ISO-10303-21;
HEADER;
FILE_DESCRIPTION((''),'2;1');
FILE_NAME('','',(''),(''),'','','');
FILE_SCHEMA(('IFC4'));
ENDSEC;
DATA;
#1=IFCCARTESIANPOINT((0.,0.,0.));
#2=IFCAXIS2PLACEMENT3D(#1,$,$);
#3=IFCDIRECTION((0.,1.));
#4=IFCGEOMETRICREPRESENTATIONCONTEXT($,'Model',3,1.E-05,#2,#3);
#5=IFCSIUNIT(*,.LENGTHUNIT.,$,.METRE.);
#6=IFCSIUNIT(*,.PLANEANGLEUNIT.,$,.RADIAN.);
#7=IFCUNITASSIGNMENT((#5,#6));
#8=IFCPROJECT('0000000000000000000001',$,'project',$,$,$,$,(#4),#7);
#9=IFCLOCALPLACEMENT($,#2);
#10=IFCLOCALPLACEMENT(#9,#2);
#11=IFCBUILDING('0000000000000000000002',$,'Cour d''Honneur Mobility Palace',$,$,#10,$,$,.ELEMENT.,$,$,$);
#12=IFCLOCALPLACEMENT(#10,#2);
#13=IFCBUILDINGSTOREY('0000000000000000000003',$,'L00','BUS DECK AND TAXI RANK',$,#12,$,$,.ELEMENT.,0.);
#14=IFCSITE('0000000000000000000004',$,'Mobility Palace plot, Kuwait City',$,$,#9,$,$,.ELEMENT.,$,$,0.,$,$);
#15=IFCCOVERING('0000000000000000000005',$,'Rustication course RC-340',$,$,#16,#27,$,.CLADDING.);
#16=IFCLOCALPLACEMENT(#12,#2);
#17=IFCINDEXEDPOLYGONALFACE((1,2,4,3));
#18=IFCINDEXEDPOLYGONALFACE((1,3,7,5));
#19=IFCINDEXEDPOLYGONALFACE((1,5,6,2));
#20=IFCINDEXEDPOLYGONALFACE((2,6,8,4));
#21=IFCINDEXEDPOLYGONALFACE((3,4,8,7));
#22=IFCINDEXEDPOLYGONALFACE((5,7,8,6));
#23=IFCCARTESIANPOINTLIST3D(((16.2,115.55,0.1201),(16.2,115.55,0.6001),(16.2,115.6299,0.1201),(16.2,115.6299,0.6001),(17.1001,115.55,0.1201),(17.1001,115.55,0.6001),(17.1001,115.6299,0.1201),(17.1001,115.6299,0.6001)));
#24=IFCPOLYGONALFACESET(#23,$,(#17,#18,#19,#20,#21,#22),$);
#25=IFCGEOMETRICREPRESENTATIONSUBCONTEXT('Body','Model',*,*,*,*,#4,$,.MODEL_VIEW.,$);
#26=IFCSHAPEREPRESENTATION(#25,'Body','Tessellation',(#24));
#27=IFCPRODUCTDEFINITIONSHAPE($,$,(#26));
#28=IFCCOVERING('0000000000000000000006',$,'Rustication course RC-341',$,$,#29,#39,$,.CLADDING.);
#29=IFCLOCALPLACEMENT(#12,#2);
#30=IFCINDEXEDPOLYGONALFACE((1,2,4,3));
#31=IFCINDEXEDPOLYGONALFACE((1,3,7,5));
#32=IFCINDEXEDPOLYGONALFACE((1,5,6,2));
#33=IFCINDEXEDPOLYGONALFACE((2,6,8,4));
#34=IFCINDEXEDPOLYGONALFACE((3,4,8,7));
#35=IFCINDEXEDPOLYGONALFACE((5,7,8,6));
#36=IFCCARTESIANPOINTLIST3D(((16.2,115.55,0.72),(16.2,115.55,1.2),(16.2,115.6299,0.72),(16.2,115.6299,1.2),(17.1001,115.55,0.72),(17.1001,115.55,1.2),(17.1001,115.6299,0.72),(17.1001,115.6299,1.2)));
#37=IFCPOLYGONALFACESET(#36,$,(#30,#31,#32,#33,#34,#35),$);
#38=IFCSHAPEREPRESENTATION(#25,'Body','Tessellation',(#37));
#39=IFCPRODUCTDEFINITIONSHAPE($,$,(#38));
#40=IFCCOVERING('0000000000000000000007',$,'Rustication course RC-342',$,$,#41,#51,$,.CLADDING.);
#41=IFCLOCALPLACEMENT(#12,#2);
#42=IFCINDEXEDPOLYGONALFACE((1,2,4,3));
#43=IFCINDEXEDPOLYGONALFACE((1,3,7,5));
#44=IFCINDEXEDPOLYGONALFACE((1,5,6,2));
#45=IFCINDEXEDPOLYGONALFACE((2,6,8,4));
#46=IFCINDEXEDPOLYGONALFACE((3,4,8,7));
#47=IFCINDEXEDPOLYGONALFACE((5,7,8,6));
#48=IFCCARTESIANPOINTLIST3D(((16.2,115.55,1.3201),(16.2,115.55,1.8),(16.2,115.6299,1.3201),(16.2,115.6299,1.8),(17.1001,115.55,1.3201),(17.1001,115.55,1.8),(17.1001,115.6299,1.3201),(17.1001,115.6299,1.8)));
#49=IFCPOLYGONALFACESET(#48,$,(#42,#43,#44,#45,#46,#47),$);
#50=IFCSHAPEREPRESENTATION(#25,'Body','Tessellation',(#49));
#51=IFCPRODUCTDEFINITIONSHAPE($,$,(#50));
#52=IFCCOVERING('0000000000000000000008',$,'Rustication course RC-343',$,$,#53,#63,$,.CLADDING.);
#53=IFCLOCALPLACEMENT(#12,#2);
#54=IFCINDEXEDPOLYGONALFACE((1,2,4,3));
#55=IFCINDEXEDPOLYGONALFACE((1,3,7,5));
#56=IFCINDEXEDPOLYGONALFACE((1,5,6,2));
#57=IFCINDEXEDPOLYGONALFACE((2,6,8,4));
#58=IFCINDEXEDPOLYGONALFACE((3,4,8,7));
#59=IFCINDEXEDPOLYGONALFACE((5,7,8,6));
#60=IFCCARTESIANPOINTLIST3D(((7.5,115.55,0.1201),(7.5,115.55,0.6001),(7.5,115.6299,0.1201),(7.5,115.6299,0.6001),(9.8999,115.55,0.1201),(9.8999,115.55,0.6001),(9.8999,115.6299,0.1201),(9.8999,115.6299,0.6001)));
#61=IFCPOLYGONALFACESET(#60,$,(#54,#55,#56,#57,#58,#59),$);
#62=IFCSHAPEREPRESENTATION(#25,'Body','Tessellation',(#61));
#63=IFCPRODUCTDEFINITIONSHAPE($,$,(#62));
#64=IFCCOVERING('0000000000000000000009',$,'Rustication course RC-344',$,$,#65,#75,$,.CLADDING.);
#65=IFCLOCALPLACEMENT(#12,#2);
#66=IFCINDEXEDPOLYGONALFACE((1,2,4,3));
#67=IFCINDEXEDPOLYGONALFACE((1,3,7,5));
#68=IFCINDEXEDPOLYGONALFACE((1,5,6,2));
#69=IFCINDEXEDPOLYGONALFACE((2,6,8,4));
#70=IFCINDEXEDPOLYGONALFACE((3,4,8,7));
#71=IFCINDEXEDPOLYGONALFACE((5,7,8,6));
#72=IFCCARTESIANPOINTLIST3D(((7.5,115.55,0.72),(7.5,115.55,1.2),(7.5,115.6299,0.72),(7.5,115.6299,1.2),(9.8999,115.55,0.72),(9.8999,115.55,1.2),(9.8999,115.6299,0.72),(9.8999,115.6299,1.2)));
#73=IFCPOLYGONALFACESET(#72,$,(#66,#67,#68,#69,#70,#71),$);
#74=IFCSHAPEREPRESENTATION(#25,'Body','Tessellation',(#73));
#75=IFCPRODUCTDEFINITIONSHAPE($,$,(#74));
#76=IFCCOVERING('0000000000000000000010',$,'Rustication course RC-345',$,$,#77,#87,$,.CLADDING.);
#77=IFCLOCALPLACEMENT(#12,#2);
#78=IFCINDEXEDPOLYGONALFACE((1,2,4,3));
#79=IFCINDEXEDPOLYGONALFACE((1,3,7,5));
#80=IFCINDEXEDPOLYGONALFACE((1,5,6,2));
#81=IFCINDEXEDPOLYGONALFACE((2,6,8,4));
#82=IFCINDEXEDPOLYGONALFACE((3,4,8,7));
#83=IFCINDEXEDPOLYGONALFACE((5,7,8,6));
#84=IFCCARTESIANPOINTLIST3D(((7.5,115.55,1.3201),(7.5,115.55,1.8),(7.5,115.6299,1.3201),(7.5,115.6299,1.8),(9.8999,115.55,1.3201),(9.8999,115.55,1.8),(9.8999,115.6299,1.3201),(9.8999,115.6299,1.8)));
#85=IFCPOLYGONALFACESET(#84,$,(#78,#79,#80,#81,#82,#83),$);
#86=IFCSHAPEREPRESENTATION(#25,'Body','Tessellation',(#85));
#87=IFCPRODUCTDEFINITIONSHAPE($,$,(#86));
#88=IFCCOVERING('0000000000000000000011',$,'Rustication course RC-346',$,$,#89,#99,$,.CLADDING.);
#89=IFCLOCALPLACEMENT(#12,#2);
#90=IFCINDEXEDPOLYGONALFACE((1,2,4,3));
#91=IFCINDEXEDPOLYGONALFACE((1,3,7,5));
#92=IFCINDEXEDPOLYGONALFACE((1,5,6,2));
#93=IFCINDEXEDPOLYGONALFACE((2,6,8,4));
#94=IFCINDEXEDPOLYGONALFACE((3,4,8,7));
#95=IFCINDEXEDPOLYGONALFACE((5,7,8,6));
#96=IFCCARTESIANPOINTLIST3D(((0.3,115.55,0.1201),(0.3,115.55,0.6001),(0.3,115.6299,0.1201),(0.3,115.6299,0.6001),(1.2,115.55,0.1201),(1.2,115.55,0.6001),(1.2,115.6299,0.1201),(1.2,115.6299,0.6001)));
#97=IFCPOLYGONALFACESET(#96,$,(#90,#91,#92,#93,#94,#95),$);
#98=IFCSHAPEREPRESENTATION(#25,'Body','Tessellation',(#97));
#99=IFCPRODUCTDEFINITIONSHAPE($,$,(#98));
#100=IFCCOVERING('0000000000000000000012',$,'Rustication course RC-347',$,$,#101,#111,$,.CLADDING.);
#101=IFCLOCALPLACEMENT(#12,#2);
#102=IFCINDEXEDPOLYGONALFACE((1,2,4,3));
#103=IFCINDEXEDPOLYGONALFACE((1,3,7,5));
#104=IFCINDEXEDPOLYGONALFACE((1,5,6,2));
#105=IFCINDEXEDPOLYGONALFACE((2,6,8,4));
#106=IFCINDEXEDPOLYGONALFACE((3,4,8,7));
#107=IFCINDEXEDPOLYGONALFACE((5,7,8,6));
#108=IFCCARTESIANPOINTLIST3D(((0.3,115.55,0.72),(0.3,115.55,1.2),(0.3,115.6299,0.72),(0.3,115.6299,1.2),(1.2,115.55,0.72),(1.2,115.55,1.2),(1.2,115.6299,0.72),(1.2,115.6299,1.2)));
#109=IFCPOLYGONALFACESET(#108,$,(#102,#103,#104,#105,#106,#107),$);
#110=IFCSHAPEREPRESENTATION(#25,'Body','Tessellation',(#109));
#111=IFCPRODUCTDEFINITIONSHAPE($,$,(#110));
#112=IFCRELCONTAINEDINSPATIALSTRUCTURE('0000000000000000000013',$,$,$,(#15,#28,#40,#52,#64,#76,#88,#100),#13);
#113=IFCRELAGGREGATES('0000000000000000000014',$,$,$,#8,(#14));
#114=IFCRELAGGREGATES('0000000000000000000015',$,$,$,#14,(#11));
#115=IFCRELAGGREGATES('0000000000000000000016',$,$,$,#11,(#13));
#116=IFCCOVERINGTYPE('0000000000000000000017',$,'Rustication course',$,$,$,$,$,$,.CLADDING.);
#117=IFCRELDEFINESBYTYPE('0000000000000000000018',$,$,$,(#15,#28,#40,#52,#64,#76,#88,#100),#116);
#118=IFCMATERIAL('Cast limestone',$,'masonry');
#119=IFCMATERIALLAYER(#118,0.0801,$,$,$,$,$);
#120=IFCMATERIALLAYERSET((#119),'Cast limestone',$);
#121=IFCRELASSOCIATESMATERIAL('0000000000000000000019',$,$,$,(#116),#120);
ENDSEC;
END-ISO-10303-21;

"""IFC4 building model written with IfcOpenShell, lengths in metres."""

from ifc_helpers import new_model, si_unit, direction, frame, origin, place, context, subcontext, project, spatial, polyline, outline, extrude, material, layer, layer_set, type_object, element, save


model = new_model("IFC4")

# Units and contexts
model_context = context("Model", 3, precision=1e-05, world=origin(), true_north=direction((0.0, 1.0)))
body_context = subcontext(model_context, "Body", "Model", "MODEL_VIEW")
ifc_project = project(units=[si_unit("LENGTHUNIT", "METRE"), si_unit("PLANEANGLEUNIT", "RADIAN")], contexts=[model_context])

# Site, building, storey
site_placement = place(None, origin())
site = spatial("IfcSite", under=ifc_project, at=site_placement, Name="Mobility Palace plot, Kuwait City", CompositionType="ELEMENT", RefElevation=0.0)
building_placement = place(site_placement, origin())
building = spatial("IfcBuilding", under=site, at=building_placement, Name="Cour d'Honneur Mobility Palace", CompositionType="ELEMENT")
storey_placement = place(building_placement, origin())
storey = spatial("IfcBuildingStorey", under=building, at=storey_placement, Name="L00", Description="BUS DECK AND TAXI RANK", CompositionType="ELEMENT", Elevation=0.0)

# Coverings
ifc_material_1 = material(Name="Cast limestone", Category="masonry")
ifc_layer_1 = layer(ifc_material_1, 0.0801)
ifc_layer_set_1 = layer_set([ifc_layer_1], Name="Cast limestone")
covering_type_1 = type_object("IfcCoveringType", Name="Rustication course", PredefinedType="CLADDING", material=ifc_layer_set_1)
for number, where, name in (
    (1, (0.0, 0.0, 0.1201), "Rustication course RC-340"),
    (2, (0.0, 0.0, 0.72), "Rustication course RC-341"),
    (3, (0.0, 0.0, 1.3201), "Rustication course RC-342"),
):
    element("IfcCovering", number, at=place(storey_placement, frame(where)), inside=storey, type_object=covering_type_1, Name=name, PredefinedType="CLADDING", context=body_context, shape_type="SweptSolid", body=[
        extrude(outline(polyline([(17.1001, 115.55), (16.2, 115.55), (16.2, 115.6299), (17.1001, 115.6299), (17.1001, 115.55)])), origin(), (0.0, 0.0, 1.0), 0.48),
    ])
for number, where, name in (
    (4, (0.0, 0.0, 0.1201), "Rustication course RC-343"),
    (5, (0.0, 0.0, 0.72), "Rustication course RC-344"),
    (6, (0.0, 0.0, 1.3201), "Rustication course RC-345"),
):
    element("IfcCovering", number, at=place(storey_placement, frame(where)), inside=storey, type_object=covering_type_1, Name=name, PredefinedType="CLADDING", context=body_context, shape_type="SweptSolid", body=[
        extrude(outline(polyline([(9.8999, 115.55), (7.5, 115.55), (7.5, 115.6299), (9.8999, 115.6299), (9.8999, 115.55)])), origin(), (0.0, 0.0, 1.0), 0.48),
    ])
for number, where, name in (
    (7, (0.0, 0.0, 0.1201), "Rustication course RC-346"),
    (8, (0.0, 0.0, 0.72), "Rustication course RC-347"),
):
    element("IfcCovering", number, at=place(storey_placement, frame(where)), inside=storey, type_object=covering_type_1, Name=name, PredefinedType="CLADDING", context=body_context, shape_type="SweptSolid", body=[
        extrude(outline(polyline([(1.2, 115.55), (0.3, 115.55), (0.3, 115.6299), (1.2, 115.6299), (1.2, 115.55)])), origin(), (0.0, 0.0, 1.0), 0.48),
    ])

save(model, "model.ifc")
